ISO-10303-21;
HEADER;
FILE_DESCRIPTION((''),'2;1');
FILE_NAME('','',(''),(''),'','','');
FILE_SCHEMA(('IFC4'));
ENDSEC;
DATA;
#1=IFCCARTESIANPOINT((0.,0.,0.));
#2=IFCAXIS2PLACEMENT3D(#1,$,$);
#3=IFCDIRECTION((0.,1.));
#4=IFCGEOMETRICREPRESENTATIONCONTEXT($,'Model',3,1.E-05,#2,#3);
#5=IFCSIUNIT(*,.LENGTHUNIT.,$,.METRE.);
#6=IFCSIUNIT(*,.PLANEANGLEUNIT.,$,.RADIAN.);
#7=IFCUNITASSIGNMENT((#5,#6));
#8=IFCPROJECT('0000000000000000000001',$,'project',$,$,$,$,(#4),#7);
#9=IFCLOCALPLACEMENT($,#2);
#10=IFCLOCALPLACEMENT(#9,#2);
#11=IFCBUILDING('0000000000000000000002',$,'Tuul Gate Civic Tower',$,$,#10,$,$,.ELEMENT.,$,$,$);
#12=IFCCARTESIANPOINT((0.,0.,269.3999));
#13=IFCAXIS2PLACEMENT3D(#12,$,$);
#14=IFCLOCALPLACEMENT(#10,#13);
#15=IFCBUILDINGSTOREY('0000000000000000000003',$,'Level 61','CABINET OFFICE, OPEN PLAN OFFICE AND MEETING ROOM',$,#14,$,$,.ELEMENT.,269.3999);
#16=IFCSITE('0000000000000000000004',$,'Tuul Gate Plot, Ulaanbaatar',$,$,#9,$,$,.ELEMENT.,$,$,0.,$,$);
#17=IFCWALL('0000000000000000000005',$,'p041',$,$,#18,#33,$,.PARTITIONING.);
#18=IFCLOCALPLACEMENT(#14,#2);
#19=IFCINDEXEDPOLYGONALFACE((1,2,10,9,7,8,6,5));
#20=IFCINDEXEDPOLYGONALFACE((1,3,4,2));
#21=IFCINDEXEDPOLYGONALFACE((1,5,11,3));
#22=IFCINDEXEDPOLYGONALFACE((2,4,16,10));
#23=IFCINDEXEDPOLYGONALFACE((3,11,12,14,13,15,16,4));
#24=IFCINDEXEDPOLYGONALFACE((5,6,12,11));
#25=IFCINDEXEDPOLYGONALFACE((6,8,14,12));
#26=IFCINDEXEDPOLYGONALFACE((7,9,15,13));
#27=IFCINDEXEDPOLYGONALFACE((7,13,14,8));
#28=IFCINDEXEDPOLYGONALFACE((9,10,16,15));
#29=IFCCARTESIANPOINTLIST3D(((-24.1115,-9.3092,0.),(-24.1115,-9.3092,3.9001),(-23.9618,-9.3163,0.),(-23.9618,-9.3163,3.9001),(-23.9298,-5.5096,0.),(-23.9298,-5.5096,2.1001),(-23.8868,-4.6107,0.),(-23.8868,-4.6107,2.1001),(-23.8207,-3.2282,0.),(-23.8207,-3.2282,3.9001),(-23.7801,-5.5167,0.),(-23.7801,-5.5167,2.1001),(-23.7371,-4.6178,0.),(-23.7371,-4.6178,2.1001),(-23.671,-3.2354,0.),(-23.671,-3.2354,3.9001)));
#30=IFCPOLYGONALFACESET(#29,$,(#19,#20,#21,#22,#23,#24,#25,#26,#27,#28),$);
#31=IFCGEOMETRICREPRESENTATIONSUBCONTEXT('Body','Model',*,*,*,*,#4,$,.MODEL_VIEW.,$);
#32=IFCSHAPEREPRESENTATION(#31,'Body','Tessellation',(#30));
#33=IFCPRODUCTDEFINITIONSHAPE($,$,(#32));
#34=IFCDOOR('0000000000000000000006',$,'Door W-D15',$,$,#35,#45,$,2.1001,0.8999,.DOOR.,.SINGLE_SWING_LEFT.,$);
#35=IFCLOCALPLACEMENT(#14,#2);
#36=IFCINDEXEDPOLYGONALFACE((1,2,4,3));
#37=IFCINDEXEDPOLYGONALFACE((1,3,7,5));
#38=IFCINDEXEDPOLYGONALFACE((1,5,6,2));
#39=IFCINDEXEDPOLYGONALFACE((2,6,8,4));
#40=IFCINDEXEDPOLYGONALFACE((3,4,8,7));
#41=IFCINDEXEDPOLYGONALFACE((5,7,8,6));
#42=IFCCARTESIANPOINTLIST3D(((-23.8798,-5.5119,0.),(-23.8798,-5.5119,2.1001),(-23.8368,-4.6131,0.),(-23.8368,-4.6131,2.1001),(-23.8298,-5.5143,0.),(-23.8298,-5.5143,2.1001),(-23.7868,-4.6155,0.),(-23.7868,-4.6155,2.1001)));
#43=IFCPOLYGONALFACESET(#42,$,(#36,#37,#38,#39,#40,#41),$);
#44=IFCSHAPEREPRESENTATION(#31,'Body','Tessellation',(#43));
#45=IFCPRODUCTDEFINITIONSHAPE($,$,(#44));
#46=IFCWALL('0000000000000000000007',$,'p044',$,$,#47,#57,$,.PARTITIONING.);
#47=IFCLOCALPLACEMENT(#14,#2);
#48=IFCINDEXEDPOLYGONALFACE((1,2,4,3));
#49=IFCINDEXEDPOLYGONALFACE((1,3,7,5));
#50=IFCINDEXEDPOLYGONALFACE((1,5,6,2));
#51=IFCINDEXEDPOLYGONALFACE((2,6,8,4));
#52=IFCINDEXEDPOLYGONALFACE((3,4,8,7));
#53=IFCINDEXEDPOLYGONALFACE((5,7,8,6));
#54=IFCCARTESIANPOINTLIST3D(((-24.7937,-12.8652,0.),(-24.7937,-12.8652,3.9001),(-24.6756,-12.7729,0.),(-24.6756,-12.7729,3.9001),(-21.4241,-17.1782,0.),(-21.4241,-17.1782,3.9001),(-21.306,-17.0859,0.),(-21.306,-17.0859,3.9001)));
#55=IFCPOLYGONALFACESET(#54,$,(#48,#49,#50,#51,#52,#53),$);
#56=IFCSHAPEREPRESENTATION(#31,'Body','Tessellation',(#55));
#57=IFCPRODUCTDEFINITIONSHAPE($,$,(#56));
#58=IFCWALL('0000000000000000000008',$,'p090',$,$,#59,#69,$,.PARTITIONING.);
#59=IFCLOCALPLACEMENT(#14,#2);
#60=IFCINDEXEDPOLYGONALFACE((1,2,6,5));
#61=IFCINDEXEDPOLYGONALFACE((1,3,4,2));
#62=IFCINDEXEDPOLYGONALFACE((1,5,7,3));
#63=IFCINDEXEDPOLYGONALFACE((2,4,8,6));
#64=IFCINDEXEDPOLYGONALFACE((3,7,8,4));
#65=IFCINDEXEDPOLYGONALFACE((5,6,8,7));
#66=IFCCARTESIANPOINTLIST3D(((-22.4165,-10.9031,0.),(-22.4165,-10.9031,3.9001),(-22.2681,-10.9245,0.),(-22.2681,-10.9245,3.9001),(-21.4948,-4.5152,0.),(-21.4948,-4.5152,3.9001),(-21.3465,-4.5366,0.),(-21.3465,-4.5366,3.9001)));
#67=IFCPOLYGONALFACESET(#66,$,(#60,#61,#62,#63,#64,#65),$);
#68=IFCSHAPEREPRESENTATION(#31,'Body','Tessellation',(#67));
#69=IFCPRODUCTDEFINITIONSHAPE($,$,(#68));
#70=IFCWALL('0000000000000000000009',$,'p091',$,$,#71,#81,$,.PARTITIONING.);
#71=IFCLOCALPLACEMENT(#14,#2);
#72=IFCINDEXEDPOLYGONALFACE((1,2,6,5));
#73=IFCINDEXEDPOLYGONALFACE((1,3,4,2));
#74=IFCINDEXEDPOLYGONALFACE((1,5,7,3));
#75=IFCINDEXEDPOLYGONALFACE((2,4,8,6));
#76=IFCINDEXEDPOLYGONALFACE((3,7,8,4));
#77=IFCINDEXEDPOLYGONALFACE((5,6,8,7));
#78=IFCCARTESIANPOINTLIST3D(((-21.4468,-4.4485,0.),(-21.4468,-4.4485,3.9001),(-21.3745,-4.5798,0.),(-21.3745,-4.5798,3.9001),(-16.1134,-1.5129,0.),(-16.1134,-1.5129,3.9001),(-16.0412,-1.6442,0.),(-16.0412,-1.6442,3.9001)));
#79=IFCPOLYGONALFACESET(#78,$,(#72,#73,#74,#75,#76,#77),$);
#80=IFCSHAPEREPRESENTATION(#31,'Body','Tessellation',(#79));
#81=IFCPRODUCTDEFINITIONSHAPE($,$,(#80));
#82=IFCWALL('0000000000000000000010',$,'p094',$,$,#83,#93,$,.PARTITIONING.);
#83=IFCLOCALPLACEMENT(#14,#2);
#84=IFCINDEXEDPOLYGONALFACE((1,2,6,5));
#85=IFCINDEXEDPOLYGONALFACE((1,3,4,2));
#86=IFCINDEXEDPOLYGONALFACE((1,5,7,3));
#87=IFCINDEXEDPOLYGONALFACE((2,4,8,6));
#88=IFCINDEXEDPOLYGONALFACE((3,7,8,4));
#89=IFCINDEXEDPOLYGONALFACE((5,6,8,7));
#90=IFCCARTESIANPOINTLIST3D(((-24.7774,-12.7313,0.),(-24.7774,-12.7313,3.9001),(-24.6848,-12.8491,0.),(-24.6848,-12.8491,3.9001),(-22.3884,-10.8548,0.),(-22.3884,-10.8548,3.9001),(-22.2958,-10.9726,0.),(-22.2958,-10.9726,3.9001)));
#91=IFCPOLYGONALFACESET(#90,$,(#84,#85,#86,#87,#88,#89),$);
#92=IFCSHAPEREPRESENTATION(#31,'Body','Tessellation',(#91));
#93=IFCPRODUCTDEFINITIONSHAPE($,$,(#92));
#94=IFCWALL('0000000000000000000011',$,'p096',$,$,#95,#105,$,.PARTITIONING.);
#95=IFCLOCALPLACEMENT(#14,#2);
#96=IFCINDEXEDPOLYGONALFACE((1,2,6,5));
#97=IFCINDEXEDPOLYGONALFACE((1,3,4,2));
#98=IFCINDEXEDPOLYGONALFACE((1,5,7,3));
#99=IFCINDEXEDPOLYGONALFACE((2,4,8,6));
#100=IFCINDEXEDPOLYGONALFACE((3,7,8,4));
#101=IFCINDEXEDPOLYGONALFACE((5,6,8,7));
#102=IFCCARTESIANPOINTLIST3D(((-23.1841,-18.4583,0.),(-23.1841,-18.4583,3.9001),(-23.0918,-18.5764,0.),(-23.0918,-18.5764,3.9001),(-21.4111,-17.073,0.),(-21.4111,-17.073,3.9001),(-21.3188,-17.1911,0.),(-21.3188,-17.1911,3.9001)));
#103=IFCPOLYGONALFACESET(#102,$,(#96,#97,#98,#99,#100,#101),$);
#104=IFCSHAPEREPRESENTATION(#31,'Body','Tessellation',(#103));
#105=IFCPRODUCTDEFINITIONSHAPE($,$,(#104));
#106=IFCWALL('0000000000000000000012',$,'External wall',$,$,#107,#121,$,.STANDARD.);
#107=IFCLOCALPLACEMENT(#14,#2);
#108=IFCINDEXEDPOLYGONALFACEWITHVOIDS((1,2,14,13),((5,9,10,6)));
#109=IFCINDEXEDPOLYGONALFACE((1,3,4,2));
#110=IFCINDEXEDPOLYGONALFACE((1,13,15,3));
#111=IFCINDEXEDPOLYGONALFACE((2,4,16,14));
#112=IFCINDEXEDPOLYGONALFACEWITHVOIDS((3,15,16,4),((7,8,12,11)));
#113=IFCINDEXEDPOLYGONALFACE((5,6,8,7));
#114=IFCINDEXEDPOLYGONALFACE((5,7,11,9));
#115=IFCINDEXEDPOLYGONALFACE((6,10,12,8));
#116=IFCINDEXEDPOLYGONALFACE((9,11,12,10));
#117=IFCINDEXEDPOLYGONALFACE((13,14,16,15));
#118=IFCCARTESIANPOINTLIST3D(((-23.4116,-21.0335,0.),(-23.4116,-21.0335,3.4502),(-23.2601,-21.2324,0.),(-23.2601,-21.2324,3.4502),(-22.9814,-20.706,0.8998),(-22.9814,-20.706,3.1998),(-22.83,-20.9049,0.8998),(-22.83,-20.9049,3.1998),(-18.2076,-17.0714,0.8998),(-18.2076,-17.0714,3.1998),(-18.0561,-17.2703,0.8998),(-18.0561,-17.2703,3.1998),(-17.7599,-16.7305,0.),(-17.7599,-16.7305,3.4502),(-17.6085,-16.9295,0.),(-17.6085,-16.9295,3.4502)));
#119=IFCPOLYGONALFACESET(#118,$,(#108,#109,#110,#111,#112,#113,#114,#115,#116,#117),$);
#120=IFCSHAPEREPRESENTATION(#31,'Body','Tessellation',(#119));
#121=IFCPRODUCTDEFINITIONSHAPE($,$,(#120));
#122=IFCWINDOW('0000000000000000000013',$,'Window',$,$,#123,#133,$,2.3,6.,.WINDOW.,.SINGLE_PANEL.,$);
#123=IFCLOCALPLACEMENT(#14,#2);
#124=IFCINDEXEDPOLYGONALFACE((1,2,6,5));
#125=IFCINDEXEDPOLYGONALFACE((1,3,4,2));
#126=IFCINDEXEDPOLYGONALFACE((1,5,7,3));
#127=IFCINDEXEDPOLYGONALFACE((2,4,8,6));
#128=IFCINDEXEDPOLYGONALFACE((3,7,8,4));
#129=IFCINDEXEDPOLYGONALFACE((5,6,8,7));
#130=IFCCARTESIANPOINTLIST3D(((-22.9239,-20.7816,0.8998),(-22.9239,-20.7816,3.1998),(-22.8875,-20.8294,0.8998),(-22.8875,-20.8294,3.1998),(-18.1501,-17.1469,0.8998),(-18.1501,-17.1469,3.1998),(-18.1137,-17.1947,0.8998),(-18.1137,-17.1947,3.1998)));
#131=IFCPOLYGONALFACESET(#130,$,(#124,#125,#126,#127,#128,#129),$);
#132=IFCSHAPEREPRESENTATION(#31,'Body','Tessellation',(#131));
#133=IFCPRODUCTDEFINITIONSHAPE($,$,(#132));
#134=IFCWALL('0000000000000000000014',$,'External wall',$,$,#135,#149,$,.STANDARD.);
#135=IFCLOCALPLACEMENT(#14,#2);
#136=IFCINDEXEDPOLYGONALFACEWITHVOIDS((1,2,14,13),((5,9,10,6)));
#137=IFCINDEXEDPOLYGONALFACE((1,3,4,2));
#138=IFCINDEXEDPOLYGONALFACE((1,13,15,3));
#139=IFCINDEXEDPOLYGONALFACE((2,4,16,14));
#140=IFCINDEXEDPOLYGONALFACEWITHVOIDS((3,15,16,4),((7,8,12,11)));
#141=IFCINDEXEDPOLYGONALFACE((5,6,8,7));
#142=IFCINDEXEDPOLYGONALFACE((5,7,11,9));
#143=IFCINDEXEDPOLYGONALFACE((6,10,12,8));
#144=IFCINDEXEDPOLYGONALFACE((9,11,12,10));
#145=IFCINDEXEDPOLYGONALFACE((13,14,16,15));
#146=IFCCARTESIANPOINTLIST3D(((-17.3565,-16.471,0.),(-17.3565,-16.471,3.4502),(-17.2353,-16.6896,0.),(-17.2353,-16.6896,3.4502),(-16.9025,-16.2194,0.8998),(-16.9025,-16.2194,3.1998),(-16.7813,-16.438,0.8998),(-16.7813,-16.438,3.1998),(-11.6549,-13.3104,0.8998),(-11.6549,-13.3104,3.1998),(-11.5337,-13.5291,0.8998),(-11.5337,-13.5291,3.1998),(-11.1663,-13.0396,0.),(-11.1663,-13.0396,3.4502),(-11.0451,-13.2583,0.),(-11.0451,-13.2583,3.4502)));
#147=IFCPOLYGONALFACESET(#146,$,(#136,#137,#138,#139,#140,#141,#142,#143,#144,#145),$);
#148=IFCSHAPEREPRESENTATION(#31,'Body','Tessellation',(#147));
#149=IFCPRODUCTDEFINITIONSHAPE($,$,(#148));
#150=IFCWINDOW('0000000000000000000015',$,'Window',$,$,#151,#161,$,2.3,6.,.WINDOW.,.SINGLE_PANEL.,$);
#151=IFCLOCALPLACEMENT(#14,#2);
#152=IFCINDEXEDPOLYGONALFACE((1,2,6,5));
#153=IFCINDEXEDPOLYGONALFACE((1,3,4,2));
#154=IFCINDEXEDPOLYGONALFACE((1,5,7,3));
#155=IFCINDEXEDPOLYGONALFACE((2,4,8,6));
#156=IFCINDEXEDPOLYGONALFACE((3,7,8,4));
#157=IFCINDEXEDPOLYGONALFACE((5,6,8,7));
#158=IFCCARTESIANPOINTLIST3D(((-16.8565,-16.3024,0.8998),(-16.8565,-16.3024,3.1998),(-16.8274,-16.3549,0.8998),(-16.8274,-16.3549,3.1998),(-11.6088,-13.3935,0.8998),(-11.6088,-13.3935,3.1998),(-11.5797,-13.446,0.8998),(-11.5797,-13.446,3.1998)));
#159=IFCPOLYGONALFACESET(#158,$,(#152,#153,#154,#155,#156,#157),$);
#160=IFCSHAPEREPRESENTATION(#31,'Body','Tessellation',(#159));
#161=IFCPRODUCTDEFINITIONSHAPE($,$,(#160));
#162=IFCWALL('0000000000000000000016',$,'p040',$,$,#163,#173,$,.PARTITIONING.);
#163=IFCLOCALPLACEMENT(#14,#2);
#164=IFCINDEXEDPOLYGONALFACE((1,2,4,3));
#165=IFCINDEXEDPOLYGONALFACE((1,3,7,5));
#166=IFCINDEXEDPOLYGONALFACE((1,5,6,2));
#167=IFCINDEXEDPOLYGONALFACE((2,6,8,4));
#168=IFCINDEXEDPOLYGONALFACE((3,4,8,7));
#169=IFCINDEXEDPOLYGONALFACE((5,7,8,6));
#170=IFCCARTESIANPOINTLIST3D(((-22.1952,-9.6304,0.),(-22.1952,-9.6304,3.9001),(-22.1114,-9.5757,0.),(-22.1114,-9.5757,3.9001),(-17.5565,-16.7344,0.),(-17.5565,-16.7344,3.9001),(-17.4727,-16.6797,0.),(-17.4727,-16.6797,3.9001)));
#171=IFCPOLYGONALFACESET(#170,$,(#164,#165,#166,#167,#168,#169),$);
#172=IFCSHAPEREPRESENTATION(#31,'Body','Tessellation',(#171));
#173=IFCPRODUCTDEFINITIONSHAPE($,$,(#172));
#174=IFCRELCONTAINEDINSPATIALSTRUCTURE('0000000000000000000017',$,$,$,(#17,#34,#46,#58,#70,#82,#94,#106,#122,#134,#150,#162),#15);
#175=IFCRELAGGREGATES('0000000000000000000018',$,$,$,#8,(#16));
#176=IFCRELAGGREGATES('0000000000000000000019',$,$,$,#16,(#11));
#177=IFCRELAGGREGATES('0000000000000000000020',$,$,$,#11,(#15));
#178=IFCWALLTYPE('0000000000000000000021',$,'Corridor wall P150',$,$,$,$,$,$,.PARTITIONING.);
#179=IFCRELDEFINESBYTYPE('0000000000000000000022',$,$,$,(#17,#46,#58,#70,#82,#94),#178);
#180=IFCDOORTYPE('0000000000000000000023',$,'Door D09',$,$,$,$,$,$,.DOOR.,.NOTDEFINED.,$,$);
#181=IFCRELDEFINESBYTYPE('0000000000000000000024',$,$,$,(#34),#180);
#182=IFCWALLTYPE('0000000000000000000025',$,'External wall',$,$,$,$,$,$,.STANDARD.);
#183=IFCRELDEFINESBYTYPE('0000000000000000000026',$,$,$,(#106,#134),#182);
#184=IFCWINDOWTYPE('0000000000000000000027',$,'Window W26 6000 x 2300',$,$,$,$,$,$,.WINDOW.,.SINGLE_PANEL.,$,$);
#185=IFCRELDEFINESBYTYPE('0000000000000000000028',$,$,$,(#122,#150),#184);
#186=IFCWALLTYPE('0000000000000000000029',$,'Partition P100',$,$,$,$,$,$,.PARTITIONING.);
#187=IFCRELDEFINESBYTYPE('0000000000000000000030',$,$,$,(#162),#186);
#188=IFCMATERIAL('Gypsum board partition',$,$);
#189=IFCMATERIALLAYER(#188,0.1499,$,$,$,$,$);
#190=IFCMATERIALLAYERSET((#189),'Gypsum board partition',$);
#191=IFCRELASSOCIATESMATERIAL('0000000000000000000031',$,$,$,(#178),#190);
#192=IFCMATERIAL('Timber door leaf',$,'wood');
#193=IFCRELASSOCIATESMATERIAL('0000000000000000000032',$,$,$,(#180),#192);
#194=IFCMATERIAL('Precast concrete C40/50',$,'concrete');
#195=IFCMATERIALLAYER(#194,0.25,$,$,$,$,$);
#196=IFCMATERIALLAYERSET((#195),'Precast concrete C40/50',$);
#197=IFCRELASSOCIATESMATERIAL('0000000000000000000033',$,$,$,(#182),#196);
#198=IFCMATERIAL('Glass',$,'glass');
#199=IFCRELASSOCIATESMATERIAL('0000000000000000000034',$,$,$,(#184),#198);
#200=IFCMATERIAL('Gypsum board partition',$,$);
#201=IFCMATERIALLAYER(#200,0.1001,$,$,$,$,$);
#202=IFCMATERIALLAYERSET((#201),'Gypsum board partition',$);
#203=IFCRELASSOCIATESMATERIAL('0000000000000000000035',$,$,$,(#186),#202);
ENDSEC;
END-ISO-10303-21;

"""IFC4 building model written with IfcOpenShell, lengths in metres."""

from ifc_helpers import new_model, si_unit, direction, frame, frame_2d, origin, place, context, subcontext, project, spatial, rectangle, extrude, material, layer, layer_set, type_object, element, fill, save


model = new_model("IFC4")

# Units and contexts
model_context = context("Model", 3, precision=1e-05, world=origin(), true_north=direction((0.0, 1.0)))
body_context = subcontext(model_context, "Body", "Model", "MODEL_VIEW")
ifc_project = project(units=[si_unit("LENGTHUNIT", "METRE"), si_unit("PLANEANGLEUNIT", "RADIAN")], contexts=[model_context])

# Site, building, storey
site_placement = place(None, origin())
site = spatial("IfcSite", under=ifc_project, at=site_placement, Name="Tuul Gate Plot, Ulaanbaatar", CompositionType="ELEMENT", RefElevation=0.0)
building_placement = place(site_placement, origin())
building = spatial("IfcBuilding", under=site, at=building_placement, Name="Tuul Gate Civic Tower", CompositionType="ELEMENT")
storey_placement = place(building_placement, frame((0.0, 0.0, 269.3999)))
storey = spatial("IfcBuildingStorey", under=building, at=storey_placement, Name="Level 61", Description="CABINET OFFICE, OPEN PLAN OFFICE AND MEETING ROOM", CompositionType="ELEMENT", Elevation=269.3999)

# Wall, opening, door
ifc_material_1 = material(Name="Gypsum board partition")
ifc_layer_1 = layer(ifc_material_1, 0.1499)
ifc_layer_set_1 = layer_set([ifc_layer_1], Name="Gypsum board partition")
wall_type_1 = type_object("IfcWallType", Name="Corridor wall P150", PredefinedType="PARTITIONING", material=ifc_layer_set_1)
wall_1_placement = place(storey_placement, frame((-24.0366, -9.3127, 0.0), z_axis=(0.0, 0.0, 1.0), x_axis=(0.047761, 0.998859, 0.0)))
wall_1 = element("IfcWall", 1, at=wall_1_placement, inside=storey, type_object=wall_type_1, Name="p041", PredefinedType="PARTITIONING", context=body_context, shape_type="SweptSolid", body=[
    extrude(rectangle(XDim=6.0879, YDim=0.1499, at=frame_2d((3.0439, 0.0))), origin(), (0.0, 0.0, 1.0), 3.9001),
])
opening_1_placement = place(wall_1_placement, frame((3.804, 0.0, 0.0)))
opening_1 = element("IfcOpeningElement", 2, at=opening_1_placement, cuts=wall_1, PredefinedType="OPENING", context=body_context, shape_type="SweptSolid", body=[
    extrude(rectangle(XDim=0.8999, YDim=2.1001, at=frame_2d((0.45, 1.05))), frame((0.0, 0.085, 0.0), z_axis=(0.0, -1.0, 0.0), x_axis=(1.0, 0.0, 0.0)), (0.0, 0.0, 1.0), 0.1699),
])
ifc_material_2 = material(Name="Timber door leaf", Category="wood")
door_type = type_object("IfcDoorType", Name="Door D09", OperationType="NOTDEFINED", PredefinedType="DOOR", material=ifc_material_2)
door_placement = place(opening_1_placement, origin())
door = element("IfcDoor", 3, at=door_placement, inside=storey, type_object=door_type, Name="Door W-D15", OperationType="SINGLE_SWING_LEFT", OverallHeight=2.1001, OverallWidth=0.8999, PredefinedType="DOOR", context=body_context, shape_type="SweptSolid", body=[
    extrude(rectangle(XDim=0.8999, YDim=2.1001, at=frame_2d((0.45, 1.05))), frame((0.0, 0.0249, 0.0), z_axis=(0.0, -1.0, 0.0), x_axis=(1.0, 0.0, 0.0)), (0.0, 0.0, 1.0), 0.05),
])
fill(opening_1, door)

# Walls
wall_2_placement = place(storey_placement, frame((-24.7346, -12.8191, 0.0), z_axis=(0.0, 0.0, 1.0), x_axis=(0.615656, -0.788015, 0.0)))
element("IfcWall", 4, at=wall_2_placement, inside=storey, type_object=wall_type_1, Name="p044", PredefinedType="PARTITIONING", context=body_context, shape_type="SweptSolid", body=[
    extrude(rectangle(XDim=5.4731, YDim=0.1499, at=frame_2d((2.7366, 0.0))), origin(), (0.0, 0.0, 1.0), 3.9001),
])
wall_3_placement = place(storey_placement, frame((-22.3423, -10.9138, 0.0), z_axis=(0.0, 0.0, 1.0), x_axis=(0.142798, 0.989752, 0.0)))
element("IfcWall", 5, at=wall_3_placement, inside=storey, type_object=wall_type_1, Name="p090", PredefinedType="PARTITIONING", context=body_context, shape_type="SweptSolid", body=[
    extrude(rectangle(XDim=6.4541, YDim=0.1499, at=frame_2d((3.2271, 0.0))), origin(), (0.0, 0.0, 1.0), 3.9001),
])
wall_4_placement = place(storey_placement, frame((-21.4106, -4.5142, 0.0), z_axis=(0.0, 0.0, 1.0), x_axis=(0.876059, 0.482204, 0.0)))
element("IfcWall", 6, at=wall_4_placement, inside=storey, type_object=wall_type_1, Name="p091", PredefinedType="PARTITIONING", context=body_context, shape_type="SweptSolid", body=[
    extrude(rectangle(XDim=6.0879, YDim=0.1499, at=frame_2d((3.0439, 0.0))), origin(), (0.0, 0.0, 1.0), 3.9001),
])
wall_5_placement = place(storey_placement, frame((-24.7312, -12.7903, 0.0), z_axis=(0.0, 0.0, 1.0), x_axis=(0.786405, 0.617712, 0.0)))
element("IfcWall", 7, at=wall_5_placement, inside=storey, type_object=wall_type_1, Name="p094", PredefinedType="PARTITIONING", context=body_context, shape_type="SweptSolid", body=[
    extrude(rectangle(XDim=3.0378, YDim=0.1499, at=frame_2d((1.519, 0.0))), origin(), (0.0, 0.0, 1.0), 3.9001),
])
wall_6_placement = place(storey_placement, frame((-23.1379, -18.5173, 0.0), z_axis=(0.0, 0.0, 1.0), x_axis=(0.787995, 0.615682, 0.0)))
element("IfcWall", 8, at=wall_6_placement, inside=storey, type_object=wall_type_1, Name="p096", PredefinedType="PARTITIONING", context=body_context, shape_type="SweptSolid", body=[
    extrude(rectangle(XDim=2.25, YDim=0.1499, at=frame_2d((1.125, 0.0))), origin(), (0.0, 0.0, 1.0), 3.9001),
])

# Walls, openings, windows
ifc_material_3 = material(Name="Precast concrete C40/50", Category="concrete")
ifc_layer_2 = layer(ifc_material_3, 0.25)
ifc_layer_set_2 = layer_set([ifc_layer_2], Name="Precast concrete C40/50")
wall_type_2 = type_object("IfcWallType", Name="External wall", PredefinedType="STANDARD", material=ifc_layer_set_2)
wall_7_placement = place(storey_placement, frame((-23.3359, -21.1331, 0.0), z_axis=(0.0, 0.0, 1.0), x_axis=(0.795636, 0.605775, 0.0)))
wall_7 = element("IfcWall", 9, at=wall_7_placement, inside=storey, type_object=wall_type_2, Name="External wall", PredefinedType="STANDARD", context=body_context, shape_type="SweptSolid", body=[
    extrude(rectangle(XDim=7.1033, YDim=0.25, at=frame_2d((3.5518, 0.0))), origin(), (0.0, 0.0, 1.0), 3.4502),
])
opening_2_placement = place(wall_7_placement, frame((0.5408, 0.0, 0.8999)))
opening_2 = element("IfcOpeningElement", 10, at=opening_2_placement, cuts=wall_7, PredefinedType="OPENING", context=body_context, shape_type="SweptSolid", body=[
    extrude(rectangle(XDim=6.0, YDim=2.3, at=frame_2d((3.0, 1.1499))), frame((0.0, 0.135, 0.0), z_axis=(0.0, -1.0, 0.0), x_axis=(1.0, 0.0, 0.0)), (0.0, 0.0, 1.0), 0.27),
])
ifc_material_4 = material(Name="Glass", Category="glass")
window_type = type_object("IfcWindowType", Name="Window W26 6000 x 2300", PartitioningType="SINGLE_PANEL", PredefinedType="WINDOW", material=ifc_material_4)
window_1_placement = place(opening_2_placement, origin())
window_1 = element("IfcWindow", 11, at=window_1_placement, inside=storey, type_object=window_type, Name="Window", OverallHeight=2.3, OverallWidth=6.0, PartitioningType="SINGLE_PANEL", PredefinedType="WINDOW", context=body_context, shape_type="SweptSolid", body=[
    extrude(rectangle(XDim=6.0, YDim=2.3, at=frame_2d((3.0, 1.1499))), frame((0.0, 0.03, 0.0), z_axis=(0.0, -1.0, 0.0), x_axis=(1.0, 0.0, 0.0)), (0.0, 0.0, 1.0), 0.0601),
])
fill(opening_2, window_1)
wall_8_placement = place(storey_placement, frame((-17.2959, -16.5803, 0.0), z_axis=(0.0, 0.0, 1.0), x_axis=(0.874612, 0.484823, 0.0)))
wall_8 = element("IfcWall", 12, at=wall_8_placement, inside=storey, type_object=wall_type_2, Name="External wall", PredefinedType="STANDARD", context=body_context, shape_type="SweptSolid", body=[
    extrude(rectangle(XDim=7.0776, YDim=0.25, at=frame_2d((3.5388, 0.0))), origin(), (0.0, 0.0, 1.0), 3.4502),
])
opening_3_placement = place(wall_8_placement, frame((0.519, 0.0, 0.8999)))
opening_3 = element("IfcOpeningElement", 13, at=opening_3_placement, cuts=wall_8, PredefinedType="OPENING", context=body_context, shape_type="SweptSolid", body=[
    extrude(rectangle(XDim=6.0, YDim=2.3, at=frame_2d((3.0, 1.1499))), frame((0.0, 0.135, 0.0), z_axis=(0.0, -1.0, 0.0), x_axis=(1.0, 0.0, 0.0)), (0.0, 0.0, 1.0), 0.27),
])
window_2_placement = place(opening_3_placement, origin())
window_2 = element("IfcWindow", 14, at=window_2_placement, inside=storey, type_object=window_type, Name="Window", OverallHeight=2.3, OverallWidth=6.0, PartitioningType="SINGLE_PANEL", PredefinedType="WINDOW", context=body_context, shape_type="SweptSolid", body=[
    extrude(rectangle(XDim=6.0, YDim=2.3, at=frame_2d((3.0, 1.1499))), frame((0.0, 0.03, 0.0), z_axis=(0.0, -1.0, 0.0), x_axis=(1.0, 0.0, 0.0)), (0.0, 0.0, 1.0), 0.0601),
])
fill(opening_3, window_2)

# Wall
ifc_material_5 = material(Name="Gypsum board partition")
ifc_layer_3 = layer(ifc_material_5, 0.1001)
ifc_layer_set_3 = layer_set([ifc_layer_3], Name="Gypsum board partition")
wall_type_3 = type_object("IfcWallType", Name="Partition P100", PredefinedType="PARTITIONING", material=ifc_layer_set_3)
wall_9_placement = place(storey_placement, frame((-22.1533, -9.603, 0.0), z_axis=(0.0, 0.0, 1.0), x_axis=(0.546733, -0.837307, 0.0)))
element("IfcWall", 15, at=wall_9_placement, inside=storey, type_object=wall_type_3, Name="p040", PredefinedType="PARTITIONING", context=body_context, shape_type="SweptSolid", body=[
    extrude(rectangle(XDim=8.4844, YDim=0.1001, at=frame_2d((4.2422, 0.0))), origin(), (0.0, 0.0, 1.0), 3.9001),
])

save(model, "model.ifc")
